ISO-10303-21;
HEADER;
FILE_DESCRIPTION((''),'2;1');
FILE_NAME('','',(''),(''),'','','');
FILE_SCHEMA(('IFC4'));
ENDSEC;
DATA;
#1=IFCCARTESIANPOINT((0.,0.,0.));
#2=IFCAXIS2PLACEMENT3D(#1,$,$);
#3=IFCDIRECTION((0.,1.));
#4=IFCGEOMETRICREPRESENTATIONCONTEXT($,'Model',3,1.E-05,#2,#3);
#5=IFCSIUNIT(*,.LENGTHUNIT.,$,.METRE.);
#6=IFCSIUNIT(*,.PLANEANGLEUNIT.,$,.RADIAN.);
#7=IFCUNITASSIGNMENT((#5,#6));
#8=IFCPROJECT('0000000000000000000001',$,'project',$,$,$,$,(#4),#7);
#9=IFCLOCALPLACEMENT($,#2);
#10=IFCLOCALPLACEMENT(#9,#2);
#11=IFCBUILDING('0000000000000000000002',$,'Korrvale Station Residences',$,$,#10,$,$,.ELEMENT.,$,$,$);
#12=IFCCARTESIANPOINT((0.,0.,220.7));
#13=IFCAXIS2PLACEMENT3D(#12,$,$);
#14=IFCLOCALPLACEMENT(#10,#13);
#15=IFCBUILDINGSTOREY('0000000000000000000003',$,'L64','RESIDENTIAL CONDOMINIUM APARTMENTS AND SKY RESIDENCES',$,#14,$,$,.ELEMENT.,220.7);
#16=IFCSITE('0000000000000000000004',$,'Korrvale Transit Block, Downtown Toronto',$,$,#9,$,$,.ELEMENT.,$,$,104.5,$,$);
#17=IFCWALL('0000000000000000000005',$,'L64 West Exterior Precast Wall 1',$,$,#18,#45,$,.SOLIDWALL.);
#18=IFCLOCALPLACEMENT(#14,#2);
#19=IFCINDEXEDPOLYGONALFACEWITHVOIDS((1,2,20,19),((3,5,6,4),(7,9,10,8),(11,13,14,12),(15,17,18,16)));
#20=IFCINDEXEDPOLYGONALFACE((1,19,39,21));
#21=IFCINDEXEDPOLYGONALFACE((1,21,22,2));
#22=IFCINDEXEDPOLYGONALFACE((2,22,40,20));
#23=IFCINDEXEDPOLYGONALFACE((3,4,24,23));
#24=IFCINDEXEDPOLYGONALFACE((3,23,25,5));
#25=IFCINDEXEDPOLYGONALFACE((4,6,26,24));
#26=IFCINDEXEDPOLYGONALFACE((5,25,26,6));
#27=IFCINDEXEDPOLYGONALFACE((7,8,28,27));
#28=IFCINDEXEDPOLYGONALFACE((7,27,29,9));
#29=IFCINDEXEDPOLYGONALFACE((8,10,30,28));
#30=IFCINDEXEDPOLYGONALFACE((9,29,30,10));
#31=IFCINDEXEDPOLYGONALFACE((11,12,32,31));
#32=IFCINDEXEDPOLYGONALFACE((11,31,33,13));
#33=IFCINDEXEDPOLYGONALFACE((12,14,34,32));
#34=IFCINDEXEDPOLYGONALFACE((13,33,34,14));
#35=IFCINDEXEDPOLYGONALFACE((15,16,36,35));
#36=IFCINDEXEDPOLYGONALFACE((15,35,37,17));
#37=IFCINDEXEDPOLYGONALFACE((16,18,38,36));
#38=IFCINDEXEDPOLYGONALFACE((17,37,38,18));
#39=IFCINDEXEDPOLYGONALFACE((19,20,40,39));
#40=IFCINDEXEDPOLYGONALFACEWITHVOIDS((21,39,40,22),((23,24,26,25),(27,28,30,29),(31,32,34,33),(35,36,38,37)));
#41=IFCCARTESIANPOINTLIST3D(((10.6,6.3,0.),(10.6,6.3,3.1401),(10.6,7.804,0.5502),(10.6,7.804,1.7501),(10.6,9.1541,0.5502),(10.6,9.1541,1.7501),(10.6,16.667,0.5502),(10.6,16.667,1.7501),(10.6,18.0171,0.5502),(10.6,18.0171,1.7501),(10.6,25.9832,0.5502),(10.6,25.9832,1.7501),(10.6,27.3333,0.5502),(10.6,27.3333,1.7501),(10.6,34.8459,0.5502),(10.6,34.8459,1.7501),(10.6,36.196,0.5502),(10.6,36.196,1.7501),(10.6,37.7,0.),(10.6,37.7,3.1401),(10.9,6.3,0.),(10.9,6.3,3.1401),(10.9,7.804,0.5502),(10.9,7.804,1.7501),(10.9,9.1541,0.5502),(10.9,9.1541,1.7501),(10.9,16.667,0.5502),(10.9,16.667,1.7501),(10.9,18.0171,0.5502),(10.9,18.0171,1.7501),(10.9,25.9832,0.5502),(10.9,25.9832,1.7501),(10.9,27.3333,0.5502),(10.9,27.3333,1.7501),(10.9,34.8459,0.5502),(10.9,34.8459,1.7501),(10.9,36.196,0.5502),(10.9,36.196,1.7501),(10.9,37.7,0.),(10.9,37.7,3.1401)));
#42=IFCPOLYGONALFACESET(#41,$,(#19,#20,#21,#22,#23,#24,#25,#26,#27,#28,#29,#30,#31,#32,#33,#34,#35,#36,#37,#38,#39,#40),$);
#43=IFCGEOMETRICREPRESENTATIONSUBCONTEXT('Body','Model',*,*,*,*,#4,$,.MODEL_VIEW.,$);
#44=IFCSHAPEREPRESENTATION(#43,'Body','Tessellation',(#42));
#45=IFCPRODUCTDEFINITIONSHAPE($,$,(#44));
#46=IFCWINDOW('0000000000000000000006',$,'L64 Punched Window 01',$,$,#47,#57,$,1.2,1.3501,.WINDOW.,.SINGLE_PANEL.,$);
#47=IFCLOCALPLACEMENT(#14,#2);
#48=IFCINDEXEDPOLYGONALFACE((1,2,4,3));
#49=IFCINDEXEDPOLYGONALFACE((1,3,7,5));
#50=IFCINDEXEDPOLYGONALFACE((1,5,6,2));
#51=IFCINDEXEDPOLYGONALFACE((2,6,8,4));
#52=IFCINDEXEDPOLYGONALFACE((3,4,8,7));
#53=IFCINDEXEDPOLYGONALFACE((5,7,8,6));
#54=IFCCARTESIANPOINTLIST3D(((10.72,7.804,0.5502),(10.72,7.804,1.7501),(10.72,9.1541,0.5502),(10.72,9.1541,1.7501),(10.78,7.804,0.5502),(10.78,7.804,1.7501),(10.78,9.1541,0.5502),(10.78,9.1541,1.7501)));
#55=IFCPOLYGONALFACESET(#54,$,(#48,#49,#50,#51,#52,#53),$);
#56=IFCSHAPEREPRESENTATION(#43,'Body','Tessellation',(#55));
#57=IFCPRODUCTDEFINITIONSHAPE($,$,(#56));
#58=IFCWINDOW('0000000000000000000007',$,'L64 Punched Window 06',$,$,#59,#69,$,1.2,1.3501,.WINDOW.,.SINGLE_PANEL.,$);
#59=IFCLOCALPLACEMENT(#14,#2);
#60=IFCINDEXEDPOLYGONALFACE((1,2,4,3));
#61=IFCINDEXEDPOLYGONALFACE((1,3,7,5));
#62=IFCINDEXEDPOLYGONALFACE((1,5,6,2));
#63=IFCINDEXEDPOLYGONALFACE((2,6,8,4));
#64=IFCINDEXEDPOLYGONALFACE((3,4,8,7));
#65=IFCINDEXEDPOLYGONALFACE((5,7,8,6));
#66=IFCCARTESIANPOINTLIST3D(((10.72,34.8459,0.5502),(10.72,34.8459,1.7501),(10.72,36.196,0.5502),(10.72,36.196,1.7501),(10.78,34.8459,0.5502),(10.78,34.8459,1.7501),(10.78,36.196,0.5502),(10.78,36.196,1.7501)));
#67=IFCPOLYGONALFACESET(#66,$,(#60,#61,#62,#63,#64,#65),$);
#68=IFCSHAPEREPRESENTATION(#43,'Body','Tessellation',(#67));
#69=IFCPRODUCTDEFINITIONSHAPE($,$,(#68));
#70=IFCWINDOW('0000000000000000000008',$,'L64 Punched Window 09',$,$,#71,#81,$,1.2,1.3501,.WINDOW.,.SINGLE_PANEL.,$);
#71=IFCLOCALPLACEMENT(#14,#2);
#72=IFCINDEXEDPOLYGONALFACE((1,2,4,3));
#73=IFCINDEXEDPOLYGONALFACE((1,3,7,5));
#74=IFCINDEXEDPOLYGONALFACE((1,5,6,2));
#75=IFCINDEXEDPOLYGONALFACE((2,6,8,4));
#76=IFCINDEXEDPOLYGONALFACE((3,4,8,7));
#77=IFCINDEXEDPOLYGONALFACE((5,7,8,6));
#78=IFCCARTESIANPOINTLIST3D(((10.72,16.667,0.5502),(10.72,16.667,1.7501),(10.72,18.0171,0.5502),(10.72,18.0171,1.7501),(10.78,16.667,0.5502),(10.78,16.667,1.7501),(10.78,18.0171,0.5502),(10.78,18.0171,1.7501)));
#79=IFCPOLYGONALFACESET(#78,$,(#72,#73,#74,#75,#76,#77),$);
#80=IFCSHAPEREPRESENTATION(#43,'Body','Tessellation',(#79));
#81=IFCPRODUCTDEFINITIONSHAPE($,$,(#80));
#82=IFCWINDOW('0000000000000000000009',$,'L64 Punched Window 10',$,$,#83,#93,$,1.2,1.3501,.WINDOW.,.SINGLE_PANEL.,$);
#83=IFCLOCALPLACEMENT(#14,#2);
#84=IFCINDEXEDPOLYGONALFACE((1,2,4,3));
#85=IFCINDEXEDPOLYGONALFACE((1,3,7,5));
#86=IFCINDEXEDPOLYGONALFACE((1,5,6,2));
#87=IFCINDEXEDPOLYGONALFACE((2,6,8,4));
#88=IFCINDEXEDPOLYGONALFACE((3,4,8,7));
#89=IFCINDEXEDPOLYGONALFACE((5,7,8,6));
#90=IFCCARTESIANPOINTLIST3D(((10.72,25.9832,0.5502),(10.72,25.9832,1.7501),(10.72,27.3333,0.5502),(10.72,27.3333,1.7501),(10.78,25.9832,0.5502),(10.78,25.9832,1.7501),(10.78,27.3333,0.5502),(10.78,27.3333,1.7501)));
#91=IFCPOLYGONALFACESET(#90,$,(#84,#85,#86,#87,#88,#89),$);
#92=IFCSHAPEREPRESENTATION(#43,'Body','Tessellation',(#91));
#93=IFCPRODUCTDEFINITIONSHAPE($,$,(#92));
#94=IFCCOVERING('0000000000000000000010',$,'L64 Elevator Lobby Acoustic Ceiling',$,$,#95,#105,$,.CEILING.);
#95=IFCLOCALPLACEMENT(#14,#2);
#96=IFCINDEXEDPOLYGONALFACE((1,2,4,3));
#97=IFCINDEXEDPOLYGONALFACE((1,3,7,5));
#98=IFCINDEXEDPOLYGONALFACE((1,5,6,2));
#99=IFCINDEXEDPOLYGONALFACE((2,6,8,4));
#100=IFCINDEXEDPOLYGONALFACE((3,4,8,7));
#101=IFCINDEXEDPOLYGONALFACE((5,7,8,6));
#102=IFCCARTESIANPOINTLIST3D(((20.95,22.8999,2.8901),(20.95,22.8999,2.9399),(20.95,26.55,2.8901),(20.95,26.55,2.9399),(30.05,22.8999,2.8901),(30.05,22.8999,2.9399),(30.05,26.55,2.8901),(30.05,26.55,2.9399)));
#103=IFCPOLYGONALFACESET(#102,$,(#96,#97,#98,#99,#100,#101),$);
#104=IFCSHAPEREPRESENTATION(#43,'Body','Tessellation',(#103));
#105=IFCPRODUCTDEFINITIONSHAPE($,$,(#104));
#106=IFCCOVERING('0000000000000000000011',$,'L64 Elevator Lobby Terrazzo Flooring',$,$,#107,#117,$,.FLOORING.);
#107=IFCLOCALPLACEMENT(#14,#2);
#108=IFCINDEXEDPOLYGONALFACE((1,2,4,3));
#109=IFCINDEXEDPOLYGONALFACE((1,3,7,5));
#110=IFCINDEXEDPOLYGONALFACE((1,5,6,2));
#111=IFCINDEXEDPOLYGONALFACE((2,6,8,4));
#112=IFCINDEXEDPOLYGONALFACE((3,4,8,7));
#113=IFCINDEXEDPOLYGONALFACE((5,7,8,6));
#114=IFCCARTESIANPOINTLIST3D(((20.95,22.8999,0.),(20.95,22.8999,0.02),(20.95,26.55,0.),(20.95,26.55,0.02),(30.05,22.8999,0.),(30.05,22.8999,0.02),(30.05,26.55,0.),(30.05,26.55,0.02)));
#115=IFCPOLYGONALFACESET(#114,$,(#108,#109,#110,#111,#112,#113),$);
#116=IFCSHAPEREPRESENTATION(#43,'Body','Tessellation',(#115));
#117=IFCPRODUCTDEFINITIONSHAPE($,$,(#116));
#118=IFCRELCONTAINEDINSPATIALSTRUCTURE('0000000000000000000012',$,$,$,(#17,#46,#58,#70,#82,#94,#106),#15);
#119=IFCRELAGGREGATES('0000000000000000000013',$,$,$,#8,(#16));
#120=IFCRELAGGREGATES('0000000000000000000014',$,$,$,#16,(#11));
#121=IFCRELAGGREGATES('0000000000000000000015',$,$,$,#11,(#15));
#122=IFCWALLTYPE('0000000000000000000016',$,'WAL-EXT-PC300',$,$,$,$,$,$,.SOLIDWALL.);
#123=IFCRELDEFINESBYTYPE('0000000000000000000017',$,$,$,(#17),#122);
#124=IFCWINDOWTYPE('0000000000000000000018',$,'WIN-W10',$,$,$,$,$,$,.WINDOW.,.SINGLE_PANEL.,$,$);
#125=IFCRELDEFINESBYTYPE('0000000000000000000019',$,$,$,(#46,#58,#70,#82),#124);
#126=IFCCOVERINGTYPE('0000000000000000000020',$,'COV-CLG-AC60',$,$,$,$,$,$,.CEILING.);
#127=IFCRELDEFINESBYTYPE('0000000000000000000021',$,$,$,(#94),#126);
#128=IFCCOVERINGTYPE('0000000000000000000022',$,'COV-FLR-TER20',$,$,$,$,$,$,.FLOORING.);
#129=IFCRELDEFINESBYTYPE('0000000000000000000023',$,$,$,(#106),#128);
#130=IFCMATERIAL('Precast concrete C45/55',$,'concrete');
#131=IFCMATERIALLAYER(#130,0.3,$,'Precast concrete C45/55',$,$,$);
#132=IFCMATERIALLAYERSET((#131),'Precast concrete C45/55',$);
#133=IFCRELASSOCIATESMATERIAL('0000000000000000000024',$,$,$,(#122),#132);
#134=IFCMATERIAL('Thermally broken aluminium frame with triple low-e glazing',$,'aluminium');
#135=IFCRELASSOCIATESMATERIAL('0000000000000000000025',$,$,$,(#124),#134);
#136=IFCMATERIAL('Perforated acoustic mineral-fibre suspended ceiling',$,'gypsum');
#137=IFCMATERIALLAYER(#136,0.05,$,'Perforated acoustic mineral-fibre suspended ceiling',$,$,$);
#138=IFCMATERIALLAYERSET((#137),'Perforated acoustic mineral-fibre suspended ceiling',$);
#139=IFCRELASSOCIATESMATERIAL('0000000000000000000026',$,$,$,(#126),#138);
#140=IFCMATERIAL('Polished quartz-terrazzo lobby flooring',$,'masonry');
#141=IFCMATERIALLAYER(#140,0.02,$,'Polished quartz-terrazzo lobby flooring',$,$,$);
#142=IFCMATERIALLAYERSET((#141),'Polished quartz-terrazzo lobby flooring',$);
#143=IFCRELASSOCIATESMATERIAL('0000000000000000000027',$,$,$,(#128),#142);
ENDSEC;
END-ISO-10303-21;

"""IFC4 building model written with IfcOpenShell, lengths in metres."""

from ifc_helpers import new_model, si_unit, direction, frame, frame_2d, origin, place, context, subcontext, project, spatial, polyline, rectangle, outline, extrude, material, layer, layer_set, type_object, element, fill, save


model = new_model("IFC4")

# Units and contexts
model_context = context("Model", 3, precision=1e-05, world=origin(), true_north=direction((0.0, 1.0)))
body_context = subcontext(model_context, "Body", "Model", "MODEL_VIEW")
ifc_project = project(units=[si_unit("LENGTHUNIT", "METRE"), si_unit("PLANEANGLEUNIT", "RADIAN")], contexts=[model_context])

# Site, building, storey
site_placement = place(None, origin())
site = spatial("IfcSite", under=ifc_project, at=site_placement, Name="Korrvale Transit Block, Downtown Toronto", CompositionType="ELEMENT", RefElevation=104.5)
building_placement = place(site_placement, origin())
building = spatial("IfcBuilding", under=site, at=building_placement, Name="Korrvale Station Residences", CompositionType="ELEMENT")
storey_placement = place(building_placement, frame((0.0, 0.0, 220.7)))
storey = spatial("IfcBuildingStorey", under=building, at=storey_placement, Name="L64", Description="RESIDENTIAL CONDOMINIUM APARTMENTS AND SKY RESIDENCES", CompositionType="ELEMENT", Elevation=220.7)

# Shared definitions
ifc_material_1 = material(Name="Precast concrete C45/55", Category="concrete")

# Wall, openings, windows
ifc_layer_1 = layer(ifc_material_1, 0.3, Name="Precast concrete C45/55")
ifc_layer_set_1 = layer_set([ifc_layer_1], Name="Precast concrete C45/55")
wall_type_1 = type_object("IfcWallType", Name="WAL-EXT-PC300", PredefinedType="SOLIDWALL", material=ifc_layer_set_1)
wall_1_placement = place(storey_placement, frame((10.75, 6.3, 0.0), z_axis=(0.0, 0.0, 1.0), x_axis=(0.0, 1.0, 0.0)))
wall_1 = element("IfcWall", 1, at=wall_1_placement, inside=storey, type_object=wall_type_1, Name="L64 West Exterior Precast Wall 1", PredefinedType="SOLIDWALL", context=body_context, shape_type="SweptSolid", body=[
    extrude(rectangle(XDim=31.3999, YDim=0.3, at=frame_2d((15.7, 0.0))), origin(), (0.0, 0.0, 1.0), 3.1401),
])
opening_1_placement = place(wall_1_placement, frame((1.5039, 0.0, 0.55)))
opening_1 = element("IfcOpeningElement", 2, at=opening_1_placement, cuts=wall_1, PredefinedType="OPENING", context=body_context, shape_type="SweptSolid", body=[
    extrude(rectangle(XDim=1.3501, YDim=1.2, at=frame_2d((0.675, 0.6001))), frame((0.0, 0.1602, 0.0), z_axis=(0.0, -1.0, 0.0), x_axis=(1.0, 0.0, 0.0)), (0.0, 0.0, 1.0), 0.3201),
])
opening_2_placement = place(wall_1_placement, frame((28.5459, 0.0, 0.55)))
opening_2 = element("IfcOpeningElement", 3, at=opening_2_placement, cuts=wall_1, PredefinedType="OPENING", context=body_context, shape_type="SweptSolid", body=[
    extrude(rectangle(XDim=1.3501, YDim=1.2, at=frame_2d((0.675, 0.6001))), frame((0.0, 0.1602, 0.0), z_axis=(0.0, -1.0, 0.0), x_axis=(1.0, 0.0, 0.0)), (0.0, 0.0, 1.0), 0.3201),
])
opening_3_placement = place(wall_1_placement, frame((10.3669, 0.0, 0.55)))
opening_3 = element("IfcOpeningElement", 4, at=opening_3_placement, cuts=wall_1, PredefinedType="OPENING", context=body_context, shape_type="SweptSolid", body=[
    extrude(rectangle(XDim=1.3501, YDim=1.2, at=frame_2d((0.675, 0.6001))), frame((0.0, 0.1602, 0.0), z_axis=(0.0, -1.0, 0.0), x_axis=(1.0, 0.0, 0.0)), (0.0, 0.0, 1.0), 0.3201),
])
opening_4_placement = place(wall_1_placement, frame((19.6831, 0.0, 0.55)))
opening_4 = element("IfcOpeningElement", 5, at=opening_4_placement, cuts=wall_1, PredefinedType="OPENING", context=body_context, shape_type="SweptSolid", body=[
    extrude(rectangle(XDim=1.3501, YDim=1.2, at=frame_2d((0.675, 0.6001))), frame((0.0, 0.1602, 0.0), z_axis=(0.0, -1.0, 0.0), x_axis=(1.0, 0.0, 0.0)), (0.0, 0.0, 1.0), 0.3201),
])
ifc_material_2 = material(Name="Thermally broken aluminium frame with triple low-e glazing", Category="aluminium")
window_type = type_object("IfcWindowType", Name="WIN-W10", PartitioningType="SINGLE_PANEL", PredefinedType="WINDOW", material=ifc_material_2)
window_1_placement = place(opening_1_placement, origin())
window_1 = element("IfcWindow", 6, at=window_1_placement, inside=storey, type_object=window_type, Name="L64 Punched Window 01", OverallHeight=1.2, OverallWidth=1.3501, PartitioningType="SINGLE_PANEL", PredefinedType="WINDOW", context=body_context, shape_type="SweptSolid", body=[
    extrude(rectangle(XDim=1.3501, YDim=1.2, at=frame_2d((0.675, 0.6001))), frame((0.0, 0.03, 0.0), z_axis=(0.0, -1.0, 0.0), x_axis=(1.0, 0.0, 0.0)), (0.0, 0.0, 1.0), 0.0601),
])
fill(opening_1, window_1)
window_2_placement = place(opening_2_placement, origin())
window_2 = element("IfcWindow", 7, at=window_2_placement, inside=storey, type_object=window_type, Name="L64 Punched Window 06", OverallHeight=1.2, OverallWidth=1.3501, PartitioningType="SINGLE_PANEL", PredefinedType="WINDOW", context=body_context, shape_type="SweptSolid", body=[
    extrude(rectangle(XDim=1.3501, YDim=1.2, at=frame_2d((0.675, 0.6001))), frame((0.0, 0.03, 0.0), z_axis=(0.0, -1.0, 0.0), x_axis=(1.0, 0.0, 0.0)), (0.0, 0.0, 1.0), 0.0601),
])
fill(opening_2, window_2)
window_3_placement = place(opening_3_placement, origin())
window_3 = element("IfcWindow", 8, at=window_3_placement, inside=storey, type_object=window_type, Name="L64 Punched Window 09", OverallHeight=1.2, OverallWidth=1.3501, PartitioningType="SINGLE_PANEL", PredefinedType="WINDOW", context=body_context, shape_type="SweptSolid", body=[
    extrude(rectangle(XDim=1.3501, YDim=1.2, at=frame_2d((0.675, 0.6001))), frame((0.0, 0.03, 0.0), z_axis=(0.0, -1.0, 0.0), x_axis=(1.0, 0.0, 0.0)), (0.0, 0.0, 1.0), 0.0601),
])
fill(opening_3, window_3)
window_4_placement = place(opening_4_placement, origin())
window_4 = element("IfcWindow", 9, at=window_4_placement, inside=storey, type_object=window_type, Name="L64 Punched Window 10", OverallHeight=1.2, OverallWidth=1.3501, PartitioningType="SINGLE_PANEL", PredefinedType="WINDOW", context=body_context, shape_type="SweptSolid", body=[
    extrude(rectangle(XDim=1.3501, YDim=1.2, at=frame_2d((0.675, 0.6001))), frame((0.0, 0.03, 0.0), z_axis=(0.0, -1.0, 0.0), x_axis=(1.0, 0.0, 0.0)), (0.0, 0.0, 1.0), 0.0601),
])
fill(opening_4, window_4)

# Coverings
ifc_material_3 = material(Name="Perforated acoustic mineral-fibre suspended ceiling", Category="gypsum")
ifc_layer_2 = layer(ifc_material_3, 0.05, Name="Perforated acoustic mineral-fibre suspended ceiling")
ifc_layer_set_2 = layer_set([ifc_layer_2], Name="Perforated acoustic mineral-fibre suspended ceiling")
covering_type_1 = type_object("IfcCoveringType", Name="COV-CLG-AC60", PredefinedType="CEILING", material=ifc_layer_set_2)
covering_1_placement = place(storey_placement, frame((0.0, 0.0, 2.8901)))
element("IfcCovering", 10, at=covering_1_placement, inside=storey, type_object=covering_type_1, Name="L64 Elevator Lobby Acoustic Ceiling", PredefinedType="CEILING", context=body_context, shape_type="SweptSolid", body=[
    extrude(outline(polyline([(20.95, 22.8999), (30.05, 22.8999), (30.05, 26.55), (20.95, 26.55), (20.95, 22.8999)])), origin(), (0.0, 0.0, 1.0), 0.0498),
])
ifc_material_4 = material(Name="Polished quartz-terrazzo lobby flooring", Category="masonry")
ifc_layer_3 = layer(ifc_material_4, 0.02, Name="Polished quartz-terrazzo lobby flooring")
ifc_layer_set_3 = layer_set([ifc_layer_3], Name="Polished quartz-terrazzo lobby flooring")
covering_type_2 = type_object("IfcCoveringType", Name="COV-FLR-TER20", PredefinedType="FLOORING", material=ifc_layer_set_3)
covering_2_placement = place(storey_placement, origin())
element("IfcCovering", 11, at=covering_2_placement, inside=storey, type_object=covering_type_2, Name="L64 Elevator Lobby Terrazzo Flooring", PredefinedType="FLOORING", context=body_context, shape_type="SweptSolid", body=[
    extrude(outline(polyline([(20.95, 22.8999), (30.05, 22.8999), (30.05, 26.55), (20.95, 26.55), (20.95, 22.8999)])), origin(), (0.0, 0.0, 1.0), 0.02),
])

save(model, "model.ifc")
